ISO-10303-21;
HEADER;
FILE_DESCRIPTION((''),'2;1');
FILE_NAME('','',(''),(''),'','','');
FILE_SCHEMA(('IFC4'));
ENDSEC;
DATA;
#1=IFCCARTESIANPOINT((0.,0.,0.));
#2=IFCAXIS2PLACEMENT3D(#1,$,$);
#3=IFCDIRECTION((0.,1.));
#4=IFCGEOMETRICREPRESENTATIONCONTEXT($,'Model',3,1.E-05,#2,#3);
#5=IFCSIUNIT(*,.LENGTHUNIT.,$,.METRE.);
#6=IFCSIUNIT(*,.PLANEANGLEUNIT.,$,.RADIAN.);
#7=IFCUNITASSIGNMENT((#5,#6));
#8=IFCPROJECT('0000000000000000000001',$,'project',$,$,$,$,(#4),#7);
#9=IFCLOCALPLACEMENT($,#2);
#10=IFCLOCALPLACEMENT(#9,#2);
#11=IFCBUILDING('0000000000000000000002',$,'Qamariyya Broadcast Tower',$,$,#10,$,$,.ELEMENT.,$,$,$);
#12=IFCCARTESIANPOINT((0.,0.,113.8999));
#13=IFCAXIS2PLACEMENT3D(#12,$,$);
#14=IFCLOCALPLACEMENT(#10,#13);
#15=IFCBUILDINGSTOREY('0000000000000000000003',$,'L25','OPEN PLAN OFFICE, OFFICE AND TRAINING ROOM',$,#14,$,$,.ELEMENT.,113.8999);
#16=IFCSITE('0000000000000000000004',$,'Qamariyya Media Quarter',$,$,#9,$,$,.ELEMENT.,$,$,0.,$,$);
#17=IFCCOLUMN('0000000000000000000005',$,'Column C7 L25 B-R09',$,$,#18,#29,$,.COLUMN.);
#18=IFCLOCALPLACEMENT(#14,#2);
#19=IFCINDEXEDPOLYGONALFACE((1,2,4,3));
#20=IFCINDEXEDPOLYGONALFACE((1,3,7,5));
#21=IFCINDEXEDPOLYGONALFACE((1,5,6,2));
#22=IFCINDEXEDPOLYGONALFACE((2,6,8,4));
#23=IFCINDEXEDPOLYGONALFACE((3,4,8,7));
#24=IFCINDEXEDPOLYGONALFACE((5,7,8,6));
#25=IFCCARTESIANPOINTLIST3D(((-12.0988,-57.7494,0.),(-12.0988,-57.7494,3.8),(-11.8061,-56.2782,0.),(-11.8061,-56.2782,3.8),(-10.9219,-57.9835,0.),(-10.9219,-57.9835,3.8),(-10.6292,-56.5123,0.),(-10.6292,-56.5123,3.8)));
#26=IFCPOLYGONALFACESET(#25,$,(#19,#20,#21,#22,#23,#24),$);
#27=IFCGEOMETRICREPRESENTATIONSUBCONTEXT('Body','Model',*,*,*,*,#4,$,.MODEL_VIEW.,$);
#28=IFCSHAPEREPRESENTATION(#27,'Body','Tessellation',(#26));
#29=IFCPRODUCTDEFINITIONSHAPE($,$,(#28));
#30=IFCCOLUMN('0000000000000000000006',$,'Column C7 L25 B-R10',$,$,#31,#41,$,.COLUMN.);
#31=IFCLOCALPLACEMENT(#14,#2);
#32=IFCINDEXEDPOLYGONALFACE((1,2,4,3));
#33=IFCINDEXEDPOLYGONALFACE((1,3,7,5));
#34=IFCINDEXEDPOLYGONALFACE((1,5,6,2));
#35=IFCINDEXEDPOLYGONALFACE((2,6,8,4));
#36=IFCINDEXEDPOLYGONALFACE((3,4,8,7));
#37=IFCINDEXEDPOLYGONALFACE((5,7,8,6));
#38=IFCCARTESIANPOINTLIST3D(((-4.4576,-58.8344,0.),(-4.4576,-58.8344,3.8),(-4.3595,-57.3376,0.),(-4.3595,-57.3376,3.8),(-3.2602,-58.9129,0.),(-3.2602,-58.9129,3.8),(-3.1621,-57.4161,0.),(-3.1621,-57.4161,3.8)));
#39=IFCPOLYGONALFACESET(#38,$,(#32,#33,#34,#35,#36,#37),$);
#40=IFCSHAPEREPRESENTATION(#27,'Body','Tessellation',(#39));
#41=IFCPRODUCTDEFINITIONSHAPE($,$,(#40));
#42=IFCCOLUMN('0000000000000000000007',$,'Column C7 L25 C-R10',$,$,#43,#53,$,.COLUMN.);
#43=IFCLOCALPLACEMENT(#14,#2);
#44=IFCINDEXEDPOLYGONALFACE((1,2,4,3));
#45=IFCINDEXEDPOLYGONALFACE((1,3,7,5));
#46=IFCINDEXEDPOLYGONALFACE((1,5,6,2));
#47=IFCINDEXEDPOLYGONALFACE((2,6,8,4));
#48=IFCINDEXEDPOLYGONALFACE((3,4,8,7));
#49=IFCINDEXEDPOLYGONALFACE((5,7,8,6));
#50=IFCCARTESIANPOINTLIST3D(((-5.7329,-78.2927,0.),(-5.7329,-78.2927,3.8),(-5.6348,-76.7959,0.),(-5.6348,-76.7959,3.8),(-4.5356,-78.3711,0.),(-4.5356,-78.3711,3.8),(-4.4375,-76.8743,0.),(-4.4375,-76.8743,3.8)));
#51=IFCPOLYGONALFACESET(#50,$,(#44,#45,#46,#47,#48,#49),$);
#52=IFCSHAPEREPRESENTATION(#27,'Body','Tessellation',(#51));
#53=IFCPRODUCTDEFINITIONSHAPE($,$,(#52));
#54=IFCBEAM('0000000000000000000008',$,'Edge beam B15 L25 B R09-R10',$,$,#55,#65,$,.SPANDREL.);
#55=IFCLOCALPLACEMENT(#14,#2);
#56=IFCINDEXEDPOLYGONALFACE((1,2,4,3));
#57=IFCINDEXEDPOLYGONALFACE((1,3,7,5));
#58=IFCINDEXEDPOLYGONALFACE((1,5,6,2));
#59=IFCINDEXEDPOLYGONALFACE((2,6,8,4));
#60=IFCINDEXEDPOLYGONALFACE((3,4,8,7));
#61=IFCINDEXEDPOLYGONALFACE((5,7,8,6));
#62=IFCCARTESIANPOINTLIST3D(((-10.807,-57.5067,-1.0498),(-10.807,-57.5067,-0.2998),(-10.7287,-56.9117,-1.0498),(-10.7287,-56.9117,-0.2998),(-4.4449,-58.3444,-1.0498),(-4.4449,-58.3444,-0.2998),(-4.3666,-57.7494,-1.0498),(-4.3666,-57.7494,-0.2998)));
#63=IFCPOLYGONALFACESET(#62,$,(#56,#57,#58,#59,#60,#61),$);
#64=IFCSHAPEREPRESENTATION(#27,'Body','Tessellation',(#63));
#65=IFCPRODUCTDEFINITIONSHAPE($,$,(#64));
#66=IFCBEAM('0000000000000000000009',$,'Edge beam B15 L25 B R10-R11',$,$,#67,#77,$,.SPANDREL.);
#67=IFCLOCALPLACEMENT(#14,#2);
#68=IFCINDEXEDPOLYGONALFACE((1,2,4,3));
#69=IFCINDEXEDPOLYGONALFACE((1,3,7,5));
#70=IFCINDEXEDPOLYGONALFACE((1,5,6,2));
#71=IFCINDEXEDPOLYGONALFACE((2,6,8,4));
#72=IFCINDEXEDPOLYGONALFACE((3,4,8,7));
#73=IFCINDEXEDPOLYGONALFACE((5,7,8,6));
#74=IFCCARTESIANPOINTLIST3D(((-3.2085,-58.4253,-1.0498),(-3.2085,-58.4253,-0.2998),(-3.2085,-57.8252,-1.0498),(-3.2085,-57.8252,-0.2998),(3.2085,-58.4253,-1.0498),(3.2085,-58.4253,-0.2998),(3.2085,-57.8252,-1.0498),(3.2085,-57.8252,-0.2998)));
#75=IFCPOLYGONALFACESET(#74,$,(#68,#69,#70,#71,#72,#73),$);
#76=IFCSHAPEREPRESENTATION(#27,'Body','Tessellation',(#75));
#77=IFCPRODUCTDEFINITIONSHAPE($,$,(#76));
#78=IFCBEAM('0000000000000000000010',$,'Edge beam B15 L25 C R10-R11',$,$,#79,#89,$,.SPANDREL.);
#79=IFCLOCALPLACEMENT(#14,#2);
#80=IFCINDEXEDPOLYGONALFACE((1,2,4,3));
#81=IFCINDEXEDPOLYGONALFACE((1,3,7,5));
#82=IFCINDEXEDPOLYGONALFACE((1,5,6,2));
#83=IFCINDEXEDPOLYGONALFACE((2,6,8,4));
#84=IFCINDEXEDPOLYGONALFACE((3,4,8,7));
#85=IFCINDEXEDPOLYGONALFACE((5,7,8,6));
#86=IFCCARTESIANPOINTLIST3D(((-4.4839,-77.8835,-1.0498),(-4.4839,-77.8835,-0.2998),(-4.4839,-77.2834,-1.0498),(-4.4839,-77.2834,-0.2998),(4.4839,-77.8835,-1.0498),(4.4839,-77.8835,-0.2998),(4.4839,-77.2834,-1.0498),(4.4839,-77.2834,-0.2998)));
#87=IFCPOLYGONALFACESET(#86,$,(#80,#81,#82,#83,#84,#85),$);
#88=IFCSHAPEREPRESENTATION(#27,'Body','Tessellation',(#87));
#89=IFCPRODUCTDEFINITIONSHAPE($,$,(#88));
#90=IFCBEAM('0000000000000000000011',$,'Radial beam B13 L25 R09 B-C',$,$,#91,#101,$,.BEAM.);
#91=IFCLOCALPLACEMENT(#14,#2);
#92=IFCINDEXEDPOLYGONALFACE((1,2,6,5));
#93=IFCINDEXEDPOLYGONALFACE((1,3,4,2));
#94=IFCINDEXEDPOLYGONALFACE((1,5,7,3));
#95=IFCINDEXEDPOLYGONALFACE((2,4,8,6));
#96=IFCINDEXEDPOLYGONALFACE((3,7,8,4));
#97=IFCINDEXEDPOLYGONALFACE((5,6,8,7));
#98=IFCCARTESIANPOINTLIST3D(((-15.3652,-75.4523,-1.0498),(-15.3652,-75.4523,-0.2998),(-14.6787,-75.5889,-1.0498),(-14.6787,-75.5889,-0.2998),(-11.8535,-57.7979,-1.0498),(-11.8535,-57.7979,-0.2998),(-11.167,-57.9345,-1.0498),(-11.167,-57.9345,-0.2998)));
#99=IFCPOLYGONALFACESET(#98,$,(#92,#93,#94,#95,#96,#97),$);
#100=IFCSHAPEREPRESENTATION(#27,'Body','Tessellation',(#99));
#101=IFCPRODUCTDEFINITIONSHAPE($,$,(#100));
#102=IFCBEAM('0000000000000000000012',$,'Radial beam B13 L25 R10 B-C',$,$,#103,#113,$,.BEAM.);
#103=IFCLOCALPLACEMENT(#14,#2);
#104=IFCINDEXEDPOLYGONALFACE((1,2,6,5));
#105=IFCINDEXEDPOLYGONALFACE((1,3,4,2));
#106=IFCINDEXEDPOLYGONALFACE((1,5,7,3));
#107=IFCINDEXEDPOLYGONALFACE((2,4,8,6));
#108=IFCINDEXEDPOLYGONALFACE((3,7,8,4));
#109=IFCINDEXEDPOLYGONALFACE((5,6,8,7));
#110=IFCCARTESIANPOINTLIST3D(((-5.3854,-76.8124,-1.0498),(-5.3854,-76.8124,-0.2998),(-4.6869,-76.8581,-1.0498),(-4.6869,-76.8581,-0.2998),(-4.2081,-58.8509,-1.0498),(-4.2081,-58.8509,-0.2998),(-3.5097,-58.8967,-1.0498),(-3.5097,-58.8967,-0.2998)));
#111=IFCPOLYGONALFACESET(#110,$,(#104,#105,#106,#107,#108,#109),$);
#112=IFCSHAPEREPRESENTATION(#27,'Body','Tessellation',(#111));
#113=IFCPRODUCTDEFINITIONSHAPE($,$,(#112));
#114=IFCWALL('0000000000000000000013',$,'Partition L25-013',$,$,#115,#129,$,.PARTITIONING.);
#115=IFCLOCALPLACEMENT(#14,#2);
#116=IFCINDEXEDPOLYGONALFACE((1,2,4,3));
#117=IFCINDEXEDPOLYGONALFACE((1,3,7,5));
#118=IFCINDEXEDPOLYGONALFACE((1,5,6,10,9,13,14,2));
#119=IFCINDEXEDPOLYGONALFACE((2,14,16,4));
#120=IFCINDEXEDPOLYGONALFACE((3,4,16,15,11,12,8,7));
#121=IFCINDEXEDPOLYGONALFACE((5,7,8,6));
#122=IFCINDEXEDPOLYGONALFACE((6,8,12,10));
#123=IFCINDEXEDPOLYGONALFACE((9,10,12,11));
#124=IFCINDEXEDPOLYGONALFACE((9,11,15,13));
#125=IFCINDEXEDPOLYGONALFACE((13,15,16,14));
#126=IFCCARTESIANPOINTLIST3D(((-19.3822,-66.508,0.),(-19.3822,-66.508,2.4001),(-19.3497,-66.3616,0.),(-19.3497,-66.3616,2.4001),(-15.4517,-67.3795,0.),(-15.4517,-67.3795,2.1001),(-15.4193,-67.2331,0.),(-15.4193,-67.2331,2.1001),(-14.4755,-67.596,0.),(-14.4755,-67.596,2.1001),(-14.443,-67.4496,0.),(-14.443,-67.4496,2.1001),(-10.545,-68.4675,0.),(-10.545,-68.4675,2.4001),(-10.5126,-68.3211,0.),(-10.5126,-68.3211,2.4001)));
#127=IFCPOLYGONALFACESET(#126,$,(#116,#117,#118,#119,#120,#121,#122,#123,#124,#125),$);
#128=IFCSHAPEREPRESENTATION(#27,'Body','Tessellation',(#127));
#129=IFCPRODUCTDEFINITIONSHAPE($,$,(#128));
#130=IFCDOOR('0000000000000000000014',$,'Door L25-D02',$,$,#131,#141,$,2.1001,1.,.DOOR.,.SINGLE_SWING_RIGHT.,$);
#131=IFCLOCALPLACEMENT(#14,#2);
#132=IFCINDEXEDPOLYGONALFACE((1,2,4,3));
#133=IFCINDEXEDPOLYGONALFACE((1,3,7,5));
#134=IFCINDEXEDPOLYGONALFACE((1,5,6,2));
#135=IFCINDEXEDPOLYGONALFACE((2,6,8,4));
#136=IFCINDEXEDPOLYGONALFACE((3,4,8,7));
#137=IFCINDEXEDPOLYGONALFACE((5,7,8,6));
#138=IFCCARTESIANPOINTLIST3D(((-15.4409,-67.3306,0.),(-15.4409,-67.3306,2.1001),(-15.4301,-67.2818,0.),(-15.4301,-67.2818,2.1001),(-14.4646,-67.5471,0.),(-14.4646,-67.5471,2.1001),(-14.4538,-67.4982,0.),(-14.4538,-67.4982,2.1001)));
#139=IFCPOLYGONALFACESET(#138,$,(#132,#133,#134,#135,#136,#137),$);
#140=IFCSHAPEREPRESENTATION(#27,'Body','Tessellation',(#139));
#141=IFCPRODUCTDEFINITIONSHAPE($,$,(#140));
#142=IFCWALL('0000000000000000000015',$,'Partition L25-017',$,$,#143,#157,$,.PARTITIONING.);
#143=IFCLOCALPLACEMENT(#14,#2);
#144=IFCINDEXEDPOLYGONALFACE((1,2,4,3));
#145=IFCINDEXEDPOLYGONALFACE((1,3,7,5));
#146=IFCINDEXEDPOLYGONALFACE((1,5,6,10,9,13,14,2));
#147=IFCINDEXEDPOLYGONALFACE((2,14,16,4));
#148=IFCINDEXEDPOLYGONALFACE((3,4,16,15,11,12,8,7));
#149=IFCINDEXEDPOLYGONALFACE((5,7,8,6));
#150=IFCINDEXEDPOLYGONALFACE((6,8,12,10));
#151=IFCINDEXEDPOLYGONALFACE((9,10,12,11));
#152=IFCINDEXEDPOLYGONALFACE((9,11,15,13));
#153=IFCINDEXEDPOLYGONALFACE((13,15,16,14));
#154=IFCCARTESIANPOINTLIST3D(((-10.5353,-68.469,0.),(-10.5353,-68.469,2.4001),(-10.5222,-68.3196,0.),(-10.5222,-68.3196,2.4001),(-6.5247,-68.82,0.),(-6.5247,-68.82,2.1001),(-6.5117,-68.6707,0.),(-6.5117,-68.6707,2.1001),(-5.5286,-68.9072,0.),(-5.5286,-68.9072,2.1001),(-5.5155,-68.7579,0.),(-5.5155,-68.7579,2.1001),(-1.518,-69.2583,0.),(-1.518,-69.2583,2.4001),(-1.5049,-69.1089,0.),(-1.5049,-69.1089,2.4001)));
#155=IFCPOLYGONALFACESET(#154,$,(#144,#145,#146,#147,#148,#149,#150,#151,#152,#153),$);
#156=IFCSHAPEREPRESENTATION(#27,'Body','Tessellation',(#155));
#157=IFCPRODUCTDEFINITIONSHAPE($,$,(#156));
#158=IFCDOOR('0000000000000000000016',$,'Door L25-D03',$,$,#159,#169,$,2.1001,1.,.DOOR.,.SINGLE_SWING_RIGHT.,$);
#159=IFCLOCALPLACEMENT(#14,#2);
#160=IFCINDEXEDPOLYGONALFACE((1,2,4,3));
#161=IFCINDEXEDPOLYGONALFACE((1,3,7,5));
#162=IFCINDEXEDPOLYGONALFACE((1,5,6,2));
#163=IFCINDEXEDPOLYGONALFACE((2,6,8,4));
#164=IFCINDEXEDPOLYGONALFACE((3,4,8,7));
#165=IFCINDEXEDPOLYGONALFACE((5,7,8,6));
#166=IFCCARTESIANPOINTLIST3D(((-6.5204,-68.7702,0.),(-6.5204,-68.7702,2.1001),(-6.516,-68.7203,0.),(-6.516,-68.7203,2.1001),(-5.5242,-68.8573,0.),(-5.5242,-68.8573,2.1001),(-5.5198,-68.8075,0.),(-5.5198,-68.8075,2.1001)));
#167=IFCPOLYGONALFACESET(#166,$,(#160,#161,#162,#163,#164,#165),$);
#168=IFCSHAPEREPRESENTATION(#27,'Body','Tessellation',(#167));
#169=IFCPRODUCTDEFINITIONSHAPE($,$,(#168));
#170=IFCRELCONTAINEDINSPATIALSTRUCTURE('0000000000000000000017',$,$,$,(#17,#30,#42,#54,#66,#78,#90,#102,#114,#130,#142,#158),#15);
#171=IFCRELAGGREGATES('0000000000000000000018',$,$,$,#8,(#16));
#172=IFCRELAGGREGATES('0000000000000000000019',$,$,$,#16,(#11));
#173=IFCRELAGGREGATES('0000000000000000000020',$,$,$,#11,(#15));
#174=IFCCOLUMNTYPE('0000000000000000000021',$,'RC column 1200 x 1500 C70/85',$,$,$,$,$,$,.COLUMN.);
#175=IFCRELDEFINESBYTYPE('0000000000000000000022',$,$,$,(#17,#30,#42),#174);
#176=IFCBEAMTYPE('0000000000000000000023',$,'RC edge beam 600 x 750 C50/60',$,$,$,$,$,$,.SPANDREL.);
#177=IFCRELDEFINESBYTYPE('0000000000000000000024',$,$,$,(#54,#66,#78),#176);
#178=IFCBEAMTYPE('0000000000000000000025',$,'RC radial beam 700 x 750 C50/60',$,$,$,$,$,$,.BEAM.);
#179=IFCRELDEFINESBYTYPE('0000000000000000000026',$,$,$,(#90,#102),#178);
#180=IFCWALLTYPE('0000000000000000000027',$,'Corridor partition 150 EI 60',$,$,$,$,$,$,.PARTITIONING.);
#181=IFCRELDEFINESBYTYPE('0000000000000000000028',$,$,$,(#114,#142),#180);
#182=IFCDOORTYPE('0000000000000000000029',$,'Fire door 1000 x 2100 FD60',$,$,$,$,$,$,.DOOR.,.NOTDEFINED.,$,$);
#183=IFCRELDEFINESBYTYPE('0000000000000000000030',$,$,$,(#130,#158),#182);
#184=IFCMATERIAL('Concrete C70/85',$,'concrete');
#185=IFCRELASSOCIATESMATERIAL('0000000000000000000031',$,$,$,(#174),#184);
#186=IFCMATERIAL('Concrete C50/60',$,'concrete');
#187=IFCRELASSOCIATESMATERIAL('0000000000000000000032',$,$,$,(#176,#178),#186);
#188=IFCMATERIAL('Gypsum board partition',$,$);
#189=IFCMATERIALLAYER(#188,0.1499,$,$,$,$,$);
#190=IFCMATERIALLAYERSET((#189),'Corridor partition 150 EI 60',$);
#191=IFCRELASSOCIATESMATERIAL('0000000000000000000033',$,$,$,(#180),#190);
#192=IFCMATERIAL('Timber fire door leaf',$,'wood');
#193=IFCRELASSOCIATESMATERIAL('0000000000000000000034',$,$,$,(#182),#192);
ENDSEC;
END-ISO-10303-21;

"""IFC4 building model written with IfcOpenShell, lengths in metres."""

from ifc_helpers import new_model, si_unit, direction, frame, frame_2d, origin, origin_2d, place, context, subcontext, project, spatial, rectangle, extrude, material, layer, layer_set, material_profile, profile_set, type_object, element, fill, save


model = new_model("IFC4")

# Units and contexts
model_context = context("Model", 3, precision=1e-05, world=origin(), true_north=direction((0.0, 1.0)))
body_context = subcontext(model_context, "Body", "Model", "MODEL_VIEW")
ifc_project = project(units=[si_unit("LENGTHUNIT", "METRE"), si_unit("PLANEANGLEUNIT", "RADIAN")], contexts=[model_context])

# Site, building, storey
site_placement = place(None, origin())
site = spatial("IfcSite", under=ifc_project, at=site_placement, Name="Qamariyya Media Quarter", CompositionType="ELEMENT", RefElevation=0.0)
building_placement = place(site_placement, origin())
building = spatial("IfcBuilding", under=site, at=building_placement, Name="Qamariyya Broadcast Tower", CompositionType="ELEMENT")
storey_placement = place(building_placement, frame((0.0, 0.0, 113.8999)))
storey = spatial("IfcBuildingStorey", under=building, at=storey_placement, Name="L25", Description="OPEN PLAN OFFICE, OFFICE AND TRAINING ROOM", CompositionType="ELEMENT", Elevation=113.8999)

# Columns
ifc_material_1 = material(Name="Concrete C70/85", Category="concrete")
ifc_material_profile_1 = material_profile(ifc_material_1, rectangle(XDim=1.2, YDim=1.5, at=origin_2d()))
ifc_profile_set_1 = profile_set([ifc_material_profile_1], Name="Concrete C70/85")
column_type = type_object("IfcColumnType", Name="RC column 1200 x 1500 C70/85", PredefinedType="COLUMN", material=ifc_profile_set_1)
for number, where, z_axis, x_axis, name in (
    (1, (-11.364, -57.1309, 0.0), (0.0, 0.0, 1.0), (0.980785, -0.19509, 0.0), "Column C7 L25 B-R09"),
    (2, (-3.8098, -58.1252, 0.0), (0.0, 0.0, 1.0), (0.997859, -0.065403, 0.0), "Column C7 L25 B-R10"),
    (3, (-5.0852, -77.5835, 0.0), (0.0, 0.0, 1.0), (0.997859, -0.065403, 0.0), "Column C7 L25 C-R10"),
):
    element("IfcColumn", number, at=place(storey_placement, frame(where, z_axis=z_axis, x_axis=x_axis)), inside=storey, type_object=column_type, Name=name, PredefinedType="COLUMN", context=body_context, shape_type="SweptSolid", body=[
        extrude(rectangle(XDim=1.2, YDim=1.5, at=origin_2d()), origin(), (0.0, 0.0, 1.0), 3.8),
    ])

# Beams
ifc_material_2 = material(Name="Concrete C50/60", Category="concrete")
ifc_material_profile_2 = material_profile(ifc_material_2, rectangle(XDim=0.6001, YDim=0.75, at=origin_2d()))
ifc_profile_set_2 = profile_set([ifc_material_profile_2], Name="Concrete C50/60")
beam_type_1 = type_object("IfcBeamType", Name="RC edge beam 600 x 750 C50/60", PredefinedType="SPANDREL", material=ifc_profile_set_2)
for number, where, z_axis, x_axis, name in (
    (4, (-10.7678, -57.2092, -0.6748), (0.991444, -0.130536, 0.0), (0.130536, 0.991444, 0.0), "Edge beam B15 L25 B R09-R10"),
    (5, (-3.2085, -58.1252, -0.6748), (1.0, 0.0, 0.0), (0.0, 1.0, 0.0), "Edge beam B15 L25 B R10-R11"),
):
    element("IfcBeam", number, at=place(storey_placement, frame(where, z_axis=z_axis, x_axis=x_axis)), inside=storey, type_object=beam_type_1, Name=name, PredefinedType="SPANDREL", context=body_context, shape_type="SweptSolid", body=[
        extrude(rectangle(XDim=0.6001, YDim=0.75, at=origin_2d()), origin(), (0.0, 0.0, 1.0), 6.417),
    ])
beam_1_placement = place(storey_placement, frame((-4.4839, -77.5835, -0.6748), z_axis=(1.0, 0.0, 0.0), x_axis=(0.0, 1.0, 0.0)))
element("IfcBeam", 6, at=beam_1_placement, inside=storey, type_object=beam_type_1, Name="Edge beam B15 L25 C R10-R11", PredefinedType="SPANDREL", context=body_context, shape_type="SweptSolid", body=[
    extrude(rectangle(XDim=0.6001, YDim=0.75, at=origin_2d()), origin(), (0.0, 0.0, 1.0), 8.9678),
])
ifc_material_profile_3 = material_profile(ifc_material_2, rectangle(XDim=0.7, YDim=0.75, at=origin_2d()))
ifc_profile_set_3 = profile_set([ifc_material_profile_3], Name="Concrete C50/60")
beam_type_2 = type_object("IfcBeamType", Name="RC radial beam 700 x 750 C50/60", PredefinedType="BEAM", material=ifc_profile_set_3)
beam_2_placement = place(storey_placement, frame((-11.5103, -57.8662, -0.6748), z_axis=(-0.195094, -0.980785, 0.0), x_axis=(0.980785, -0.195094, 0.0)))
element("IfcBeam", 7, at=beam_2_placement, inside=storey, type_object=beam_type_2, Name="Radial beam B13 L25 R09 B-C", PredefinedType="BEAM", context=body_context, shape_type="SweptSolid", body=[
    extrude(rectangle(XDim=0.7, YDim=0.75, at=origin_2d()), origin(), (0.0, 0.0, 1.0), 18.0002),
])
beam_3_placement = place(storey_placement, frame((-3.8589, -58.8738, -0.6748), z_axis=(-0.065403, -0.997859, 0.0), x_axis=(0.997859, -0.065403, 0.0)))
element("IfcBeam", 8, at=beam_3_placement, inside=storey, type_object=beam_type_2, Name="Radial beam B13 L25 R10 B-C", PredefinedType="BEAM", context=body_context, shape_type="SweptSolid", body=[
    extrude(rectangle(XDim=0.7, YDim=0.75, at=origin_2d()), origin(), (0.0, 0.0, 1.0), 18.0),
])

# Walls, openings, doors
ifc_material_3 = material(Name="Gypsum board partition")
ifc_layer_1 = layer(ifc_material_3, 0.1499)
ifc_layer_set_1 = layer_set([ifc_layer_1], Name="Corridor partition 150 EI 60")
wall_type_1 = type_object("IfcWallType", Name="Corridor partition 150 EI 60", PredefinedType="PARTITIONING", material=ifc_layer_set_1)
wall_1_placement = place(storey_placement, frame((-10.5288, -68.3943, 0.0), z_axis=(0.0, 0.0, 1.0), x_axis=(-0.976288, 0.216474, 0.0)))
wall_1 = element("IfcWall", 9, at=wall_1_placement, inside=storey, type_object=wall_type_1, Name="Partition L25-013", PredefinedType="PARTITIONING", context=body_context, shape_type="SweptSolid", body=[
    extrude(rectangle(XDim=9.0518, YDim=0.1499, at=frame_2d((4.5259, 0.0))), origin(), (0.0, 0.0, 1.0), 2.4001),
])
opening_1_placement = place(wall_1_placement, frame((4.0259, 0.0, 0.0)))
opening_1 = element("IfcOpeningElement", 10, at=opening_1_placement, cuts=wall_1, PredefinedType="OPENING", context=body_context, shape_type="SweptSolid", body=[
    extrude(rectangle(XDim=1.0, YDim=2.1001, at=frame_2d((0.5, 1.05))), frame((0.0, 0.085, 0.0), z_axis=(0.0, -1.0, 0.0), x_axis=(1.0, 0.0, 0.0)), (0.0, 0.0, 1.0), 0.1699),
])
ifc_material_4 = material(Name="Timber fire door leaf", Category="wood")
door_type_1 = type_object("IfcDoorType", Name="Fire door 1000 x 2100 FD60", OperationType="NOTDEFINED", PredefinedType="DOOR", material=ifc_material_4)
door_1_placement = place(opening_1_placement, origin())
door_1 = element("IfcDoor", 11, at=door_1_placement, inside=storey, type_object=door_type_1, Name="Door L25-D02", OperationType="SINGLE_SWING_RIGHT", OverallHeight=2.1001, OverallWidth=1.0, PredefinedType="DOOR", context=body_context, shape_type="SweptSolid", body=[
    extrude(rectangle(XDim=1.0, YDim=2.1001, at=frame_2d((0.5, 1.05))), frame((0.0, 0.0249, 0.0), z_axis=(0.0, -1.0, 0.0), x_axis=(1.0, 0.0, 0.0)), (0.0, 0.0, 1.0), 0.05),
])
fill(opening_1, door_1)
wall_2_placement = place(storey_placement, frame((-1.5115, -69.1836, 0.0), z_axis=(0.0, 0.0, 1.0), x_axis=(-0.996191, 0.087199, 0.0)))
wall_2 = element("IfcWall", 12, at=wall_2_placement, inside=storey, type_object=wall_type_1, Name="Partition L25-017", PredefinedType="PARTITIONING", context=body_context, shape_type="SweptSolid", body=[
    extrude(rectangle(XDim=9.0518, YDim=0.1499, at=frame_2d((4.5259, 0.0))), origin(), (0.0, 0.0, 1.0), 2.4001),
])
opening_2_placement = place(wall_2_placement, frame((4.0259, 0.0, 0.0)))
opening_2 = element("IfcOpeningElement", 13, at=opening_2_placement, cuts=wall_2, PredefinedType="OPENING", context=body_context, shape_type="SweptSolid", body=[
    extrude(rectangle(XDim=1.0, YDim=2.1001, at=frame_2d((0.5, 1.05))), frame((0.0, 0.085, 0.0), z_axis=(0.0, -1.0, 0.0), x_axis=(1.0, 0.0, 0.0)), (0.0, 0.0, 1.0), 0.1699),
])
door_2_placement = place(opening_2_placement, origin())
door_2 = element("IfcDoor", 14, at=door_2_placement, inside=storey, type_object=door_type_1, Name="Door L25-D03", OperationType="SINGLE_SWING_RIGHT", OverallHeight=2.1001, OverallWidth=1.0, PredefinedType="DOOR", context=body_context, shape_type="SweptSolid", body=[
    extrude(rectangle(XDim=1.0, YDim=2.1001, at=frame_2d((0.5, 1.05))), frame((0.0, 0.0249, 0.0), z_axis=(0.0, -1.0, 0.0), x_axis=(1.0, 0.0, 0.0)), (0.0, 0.0, 1.0), 0.05),
])
fill(opening_2, door_2)

save(model, "model.ifc")
